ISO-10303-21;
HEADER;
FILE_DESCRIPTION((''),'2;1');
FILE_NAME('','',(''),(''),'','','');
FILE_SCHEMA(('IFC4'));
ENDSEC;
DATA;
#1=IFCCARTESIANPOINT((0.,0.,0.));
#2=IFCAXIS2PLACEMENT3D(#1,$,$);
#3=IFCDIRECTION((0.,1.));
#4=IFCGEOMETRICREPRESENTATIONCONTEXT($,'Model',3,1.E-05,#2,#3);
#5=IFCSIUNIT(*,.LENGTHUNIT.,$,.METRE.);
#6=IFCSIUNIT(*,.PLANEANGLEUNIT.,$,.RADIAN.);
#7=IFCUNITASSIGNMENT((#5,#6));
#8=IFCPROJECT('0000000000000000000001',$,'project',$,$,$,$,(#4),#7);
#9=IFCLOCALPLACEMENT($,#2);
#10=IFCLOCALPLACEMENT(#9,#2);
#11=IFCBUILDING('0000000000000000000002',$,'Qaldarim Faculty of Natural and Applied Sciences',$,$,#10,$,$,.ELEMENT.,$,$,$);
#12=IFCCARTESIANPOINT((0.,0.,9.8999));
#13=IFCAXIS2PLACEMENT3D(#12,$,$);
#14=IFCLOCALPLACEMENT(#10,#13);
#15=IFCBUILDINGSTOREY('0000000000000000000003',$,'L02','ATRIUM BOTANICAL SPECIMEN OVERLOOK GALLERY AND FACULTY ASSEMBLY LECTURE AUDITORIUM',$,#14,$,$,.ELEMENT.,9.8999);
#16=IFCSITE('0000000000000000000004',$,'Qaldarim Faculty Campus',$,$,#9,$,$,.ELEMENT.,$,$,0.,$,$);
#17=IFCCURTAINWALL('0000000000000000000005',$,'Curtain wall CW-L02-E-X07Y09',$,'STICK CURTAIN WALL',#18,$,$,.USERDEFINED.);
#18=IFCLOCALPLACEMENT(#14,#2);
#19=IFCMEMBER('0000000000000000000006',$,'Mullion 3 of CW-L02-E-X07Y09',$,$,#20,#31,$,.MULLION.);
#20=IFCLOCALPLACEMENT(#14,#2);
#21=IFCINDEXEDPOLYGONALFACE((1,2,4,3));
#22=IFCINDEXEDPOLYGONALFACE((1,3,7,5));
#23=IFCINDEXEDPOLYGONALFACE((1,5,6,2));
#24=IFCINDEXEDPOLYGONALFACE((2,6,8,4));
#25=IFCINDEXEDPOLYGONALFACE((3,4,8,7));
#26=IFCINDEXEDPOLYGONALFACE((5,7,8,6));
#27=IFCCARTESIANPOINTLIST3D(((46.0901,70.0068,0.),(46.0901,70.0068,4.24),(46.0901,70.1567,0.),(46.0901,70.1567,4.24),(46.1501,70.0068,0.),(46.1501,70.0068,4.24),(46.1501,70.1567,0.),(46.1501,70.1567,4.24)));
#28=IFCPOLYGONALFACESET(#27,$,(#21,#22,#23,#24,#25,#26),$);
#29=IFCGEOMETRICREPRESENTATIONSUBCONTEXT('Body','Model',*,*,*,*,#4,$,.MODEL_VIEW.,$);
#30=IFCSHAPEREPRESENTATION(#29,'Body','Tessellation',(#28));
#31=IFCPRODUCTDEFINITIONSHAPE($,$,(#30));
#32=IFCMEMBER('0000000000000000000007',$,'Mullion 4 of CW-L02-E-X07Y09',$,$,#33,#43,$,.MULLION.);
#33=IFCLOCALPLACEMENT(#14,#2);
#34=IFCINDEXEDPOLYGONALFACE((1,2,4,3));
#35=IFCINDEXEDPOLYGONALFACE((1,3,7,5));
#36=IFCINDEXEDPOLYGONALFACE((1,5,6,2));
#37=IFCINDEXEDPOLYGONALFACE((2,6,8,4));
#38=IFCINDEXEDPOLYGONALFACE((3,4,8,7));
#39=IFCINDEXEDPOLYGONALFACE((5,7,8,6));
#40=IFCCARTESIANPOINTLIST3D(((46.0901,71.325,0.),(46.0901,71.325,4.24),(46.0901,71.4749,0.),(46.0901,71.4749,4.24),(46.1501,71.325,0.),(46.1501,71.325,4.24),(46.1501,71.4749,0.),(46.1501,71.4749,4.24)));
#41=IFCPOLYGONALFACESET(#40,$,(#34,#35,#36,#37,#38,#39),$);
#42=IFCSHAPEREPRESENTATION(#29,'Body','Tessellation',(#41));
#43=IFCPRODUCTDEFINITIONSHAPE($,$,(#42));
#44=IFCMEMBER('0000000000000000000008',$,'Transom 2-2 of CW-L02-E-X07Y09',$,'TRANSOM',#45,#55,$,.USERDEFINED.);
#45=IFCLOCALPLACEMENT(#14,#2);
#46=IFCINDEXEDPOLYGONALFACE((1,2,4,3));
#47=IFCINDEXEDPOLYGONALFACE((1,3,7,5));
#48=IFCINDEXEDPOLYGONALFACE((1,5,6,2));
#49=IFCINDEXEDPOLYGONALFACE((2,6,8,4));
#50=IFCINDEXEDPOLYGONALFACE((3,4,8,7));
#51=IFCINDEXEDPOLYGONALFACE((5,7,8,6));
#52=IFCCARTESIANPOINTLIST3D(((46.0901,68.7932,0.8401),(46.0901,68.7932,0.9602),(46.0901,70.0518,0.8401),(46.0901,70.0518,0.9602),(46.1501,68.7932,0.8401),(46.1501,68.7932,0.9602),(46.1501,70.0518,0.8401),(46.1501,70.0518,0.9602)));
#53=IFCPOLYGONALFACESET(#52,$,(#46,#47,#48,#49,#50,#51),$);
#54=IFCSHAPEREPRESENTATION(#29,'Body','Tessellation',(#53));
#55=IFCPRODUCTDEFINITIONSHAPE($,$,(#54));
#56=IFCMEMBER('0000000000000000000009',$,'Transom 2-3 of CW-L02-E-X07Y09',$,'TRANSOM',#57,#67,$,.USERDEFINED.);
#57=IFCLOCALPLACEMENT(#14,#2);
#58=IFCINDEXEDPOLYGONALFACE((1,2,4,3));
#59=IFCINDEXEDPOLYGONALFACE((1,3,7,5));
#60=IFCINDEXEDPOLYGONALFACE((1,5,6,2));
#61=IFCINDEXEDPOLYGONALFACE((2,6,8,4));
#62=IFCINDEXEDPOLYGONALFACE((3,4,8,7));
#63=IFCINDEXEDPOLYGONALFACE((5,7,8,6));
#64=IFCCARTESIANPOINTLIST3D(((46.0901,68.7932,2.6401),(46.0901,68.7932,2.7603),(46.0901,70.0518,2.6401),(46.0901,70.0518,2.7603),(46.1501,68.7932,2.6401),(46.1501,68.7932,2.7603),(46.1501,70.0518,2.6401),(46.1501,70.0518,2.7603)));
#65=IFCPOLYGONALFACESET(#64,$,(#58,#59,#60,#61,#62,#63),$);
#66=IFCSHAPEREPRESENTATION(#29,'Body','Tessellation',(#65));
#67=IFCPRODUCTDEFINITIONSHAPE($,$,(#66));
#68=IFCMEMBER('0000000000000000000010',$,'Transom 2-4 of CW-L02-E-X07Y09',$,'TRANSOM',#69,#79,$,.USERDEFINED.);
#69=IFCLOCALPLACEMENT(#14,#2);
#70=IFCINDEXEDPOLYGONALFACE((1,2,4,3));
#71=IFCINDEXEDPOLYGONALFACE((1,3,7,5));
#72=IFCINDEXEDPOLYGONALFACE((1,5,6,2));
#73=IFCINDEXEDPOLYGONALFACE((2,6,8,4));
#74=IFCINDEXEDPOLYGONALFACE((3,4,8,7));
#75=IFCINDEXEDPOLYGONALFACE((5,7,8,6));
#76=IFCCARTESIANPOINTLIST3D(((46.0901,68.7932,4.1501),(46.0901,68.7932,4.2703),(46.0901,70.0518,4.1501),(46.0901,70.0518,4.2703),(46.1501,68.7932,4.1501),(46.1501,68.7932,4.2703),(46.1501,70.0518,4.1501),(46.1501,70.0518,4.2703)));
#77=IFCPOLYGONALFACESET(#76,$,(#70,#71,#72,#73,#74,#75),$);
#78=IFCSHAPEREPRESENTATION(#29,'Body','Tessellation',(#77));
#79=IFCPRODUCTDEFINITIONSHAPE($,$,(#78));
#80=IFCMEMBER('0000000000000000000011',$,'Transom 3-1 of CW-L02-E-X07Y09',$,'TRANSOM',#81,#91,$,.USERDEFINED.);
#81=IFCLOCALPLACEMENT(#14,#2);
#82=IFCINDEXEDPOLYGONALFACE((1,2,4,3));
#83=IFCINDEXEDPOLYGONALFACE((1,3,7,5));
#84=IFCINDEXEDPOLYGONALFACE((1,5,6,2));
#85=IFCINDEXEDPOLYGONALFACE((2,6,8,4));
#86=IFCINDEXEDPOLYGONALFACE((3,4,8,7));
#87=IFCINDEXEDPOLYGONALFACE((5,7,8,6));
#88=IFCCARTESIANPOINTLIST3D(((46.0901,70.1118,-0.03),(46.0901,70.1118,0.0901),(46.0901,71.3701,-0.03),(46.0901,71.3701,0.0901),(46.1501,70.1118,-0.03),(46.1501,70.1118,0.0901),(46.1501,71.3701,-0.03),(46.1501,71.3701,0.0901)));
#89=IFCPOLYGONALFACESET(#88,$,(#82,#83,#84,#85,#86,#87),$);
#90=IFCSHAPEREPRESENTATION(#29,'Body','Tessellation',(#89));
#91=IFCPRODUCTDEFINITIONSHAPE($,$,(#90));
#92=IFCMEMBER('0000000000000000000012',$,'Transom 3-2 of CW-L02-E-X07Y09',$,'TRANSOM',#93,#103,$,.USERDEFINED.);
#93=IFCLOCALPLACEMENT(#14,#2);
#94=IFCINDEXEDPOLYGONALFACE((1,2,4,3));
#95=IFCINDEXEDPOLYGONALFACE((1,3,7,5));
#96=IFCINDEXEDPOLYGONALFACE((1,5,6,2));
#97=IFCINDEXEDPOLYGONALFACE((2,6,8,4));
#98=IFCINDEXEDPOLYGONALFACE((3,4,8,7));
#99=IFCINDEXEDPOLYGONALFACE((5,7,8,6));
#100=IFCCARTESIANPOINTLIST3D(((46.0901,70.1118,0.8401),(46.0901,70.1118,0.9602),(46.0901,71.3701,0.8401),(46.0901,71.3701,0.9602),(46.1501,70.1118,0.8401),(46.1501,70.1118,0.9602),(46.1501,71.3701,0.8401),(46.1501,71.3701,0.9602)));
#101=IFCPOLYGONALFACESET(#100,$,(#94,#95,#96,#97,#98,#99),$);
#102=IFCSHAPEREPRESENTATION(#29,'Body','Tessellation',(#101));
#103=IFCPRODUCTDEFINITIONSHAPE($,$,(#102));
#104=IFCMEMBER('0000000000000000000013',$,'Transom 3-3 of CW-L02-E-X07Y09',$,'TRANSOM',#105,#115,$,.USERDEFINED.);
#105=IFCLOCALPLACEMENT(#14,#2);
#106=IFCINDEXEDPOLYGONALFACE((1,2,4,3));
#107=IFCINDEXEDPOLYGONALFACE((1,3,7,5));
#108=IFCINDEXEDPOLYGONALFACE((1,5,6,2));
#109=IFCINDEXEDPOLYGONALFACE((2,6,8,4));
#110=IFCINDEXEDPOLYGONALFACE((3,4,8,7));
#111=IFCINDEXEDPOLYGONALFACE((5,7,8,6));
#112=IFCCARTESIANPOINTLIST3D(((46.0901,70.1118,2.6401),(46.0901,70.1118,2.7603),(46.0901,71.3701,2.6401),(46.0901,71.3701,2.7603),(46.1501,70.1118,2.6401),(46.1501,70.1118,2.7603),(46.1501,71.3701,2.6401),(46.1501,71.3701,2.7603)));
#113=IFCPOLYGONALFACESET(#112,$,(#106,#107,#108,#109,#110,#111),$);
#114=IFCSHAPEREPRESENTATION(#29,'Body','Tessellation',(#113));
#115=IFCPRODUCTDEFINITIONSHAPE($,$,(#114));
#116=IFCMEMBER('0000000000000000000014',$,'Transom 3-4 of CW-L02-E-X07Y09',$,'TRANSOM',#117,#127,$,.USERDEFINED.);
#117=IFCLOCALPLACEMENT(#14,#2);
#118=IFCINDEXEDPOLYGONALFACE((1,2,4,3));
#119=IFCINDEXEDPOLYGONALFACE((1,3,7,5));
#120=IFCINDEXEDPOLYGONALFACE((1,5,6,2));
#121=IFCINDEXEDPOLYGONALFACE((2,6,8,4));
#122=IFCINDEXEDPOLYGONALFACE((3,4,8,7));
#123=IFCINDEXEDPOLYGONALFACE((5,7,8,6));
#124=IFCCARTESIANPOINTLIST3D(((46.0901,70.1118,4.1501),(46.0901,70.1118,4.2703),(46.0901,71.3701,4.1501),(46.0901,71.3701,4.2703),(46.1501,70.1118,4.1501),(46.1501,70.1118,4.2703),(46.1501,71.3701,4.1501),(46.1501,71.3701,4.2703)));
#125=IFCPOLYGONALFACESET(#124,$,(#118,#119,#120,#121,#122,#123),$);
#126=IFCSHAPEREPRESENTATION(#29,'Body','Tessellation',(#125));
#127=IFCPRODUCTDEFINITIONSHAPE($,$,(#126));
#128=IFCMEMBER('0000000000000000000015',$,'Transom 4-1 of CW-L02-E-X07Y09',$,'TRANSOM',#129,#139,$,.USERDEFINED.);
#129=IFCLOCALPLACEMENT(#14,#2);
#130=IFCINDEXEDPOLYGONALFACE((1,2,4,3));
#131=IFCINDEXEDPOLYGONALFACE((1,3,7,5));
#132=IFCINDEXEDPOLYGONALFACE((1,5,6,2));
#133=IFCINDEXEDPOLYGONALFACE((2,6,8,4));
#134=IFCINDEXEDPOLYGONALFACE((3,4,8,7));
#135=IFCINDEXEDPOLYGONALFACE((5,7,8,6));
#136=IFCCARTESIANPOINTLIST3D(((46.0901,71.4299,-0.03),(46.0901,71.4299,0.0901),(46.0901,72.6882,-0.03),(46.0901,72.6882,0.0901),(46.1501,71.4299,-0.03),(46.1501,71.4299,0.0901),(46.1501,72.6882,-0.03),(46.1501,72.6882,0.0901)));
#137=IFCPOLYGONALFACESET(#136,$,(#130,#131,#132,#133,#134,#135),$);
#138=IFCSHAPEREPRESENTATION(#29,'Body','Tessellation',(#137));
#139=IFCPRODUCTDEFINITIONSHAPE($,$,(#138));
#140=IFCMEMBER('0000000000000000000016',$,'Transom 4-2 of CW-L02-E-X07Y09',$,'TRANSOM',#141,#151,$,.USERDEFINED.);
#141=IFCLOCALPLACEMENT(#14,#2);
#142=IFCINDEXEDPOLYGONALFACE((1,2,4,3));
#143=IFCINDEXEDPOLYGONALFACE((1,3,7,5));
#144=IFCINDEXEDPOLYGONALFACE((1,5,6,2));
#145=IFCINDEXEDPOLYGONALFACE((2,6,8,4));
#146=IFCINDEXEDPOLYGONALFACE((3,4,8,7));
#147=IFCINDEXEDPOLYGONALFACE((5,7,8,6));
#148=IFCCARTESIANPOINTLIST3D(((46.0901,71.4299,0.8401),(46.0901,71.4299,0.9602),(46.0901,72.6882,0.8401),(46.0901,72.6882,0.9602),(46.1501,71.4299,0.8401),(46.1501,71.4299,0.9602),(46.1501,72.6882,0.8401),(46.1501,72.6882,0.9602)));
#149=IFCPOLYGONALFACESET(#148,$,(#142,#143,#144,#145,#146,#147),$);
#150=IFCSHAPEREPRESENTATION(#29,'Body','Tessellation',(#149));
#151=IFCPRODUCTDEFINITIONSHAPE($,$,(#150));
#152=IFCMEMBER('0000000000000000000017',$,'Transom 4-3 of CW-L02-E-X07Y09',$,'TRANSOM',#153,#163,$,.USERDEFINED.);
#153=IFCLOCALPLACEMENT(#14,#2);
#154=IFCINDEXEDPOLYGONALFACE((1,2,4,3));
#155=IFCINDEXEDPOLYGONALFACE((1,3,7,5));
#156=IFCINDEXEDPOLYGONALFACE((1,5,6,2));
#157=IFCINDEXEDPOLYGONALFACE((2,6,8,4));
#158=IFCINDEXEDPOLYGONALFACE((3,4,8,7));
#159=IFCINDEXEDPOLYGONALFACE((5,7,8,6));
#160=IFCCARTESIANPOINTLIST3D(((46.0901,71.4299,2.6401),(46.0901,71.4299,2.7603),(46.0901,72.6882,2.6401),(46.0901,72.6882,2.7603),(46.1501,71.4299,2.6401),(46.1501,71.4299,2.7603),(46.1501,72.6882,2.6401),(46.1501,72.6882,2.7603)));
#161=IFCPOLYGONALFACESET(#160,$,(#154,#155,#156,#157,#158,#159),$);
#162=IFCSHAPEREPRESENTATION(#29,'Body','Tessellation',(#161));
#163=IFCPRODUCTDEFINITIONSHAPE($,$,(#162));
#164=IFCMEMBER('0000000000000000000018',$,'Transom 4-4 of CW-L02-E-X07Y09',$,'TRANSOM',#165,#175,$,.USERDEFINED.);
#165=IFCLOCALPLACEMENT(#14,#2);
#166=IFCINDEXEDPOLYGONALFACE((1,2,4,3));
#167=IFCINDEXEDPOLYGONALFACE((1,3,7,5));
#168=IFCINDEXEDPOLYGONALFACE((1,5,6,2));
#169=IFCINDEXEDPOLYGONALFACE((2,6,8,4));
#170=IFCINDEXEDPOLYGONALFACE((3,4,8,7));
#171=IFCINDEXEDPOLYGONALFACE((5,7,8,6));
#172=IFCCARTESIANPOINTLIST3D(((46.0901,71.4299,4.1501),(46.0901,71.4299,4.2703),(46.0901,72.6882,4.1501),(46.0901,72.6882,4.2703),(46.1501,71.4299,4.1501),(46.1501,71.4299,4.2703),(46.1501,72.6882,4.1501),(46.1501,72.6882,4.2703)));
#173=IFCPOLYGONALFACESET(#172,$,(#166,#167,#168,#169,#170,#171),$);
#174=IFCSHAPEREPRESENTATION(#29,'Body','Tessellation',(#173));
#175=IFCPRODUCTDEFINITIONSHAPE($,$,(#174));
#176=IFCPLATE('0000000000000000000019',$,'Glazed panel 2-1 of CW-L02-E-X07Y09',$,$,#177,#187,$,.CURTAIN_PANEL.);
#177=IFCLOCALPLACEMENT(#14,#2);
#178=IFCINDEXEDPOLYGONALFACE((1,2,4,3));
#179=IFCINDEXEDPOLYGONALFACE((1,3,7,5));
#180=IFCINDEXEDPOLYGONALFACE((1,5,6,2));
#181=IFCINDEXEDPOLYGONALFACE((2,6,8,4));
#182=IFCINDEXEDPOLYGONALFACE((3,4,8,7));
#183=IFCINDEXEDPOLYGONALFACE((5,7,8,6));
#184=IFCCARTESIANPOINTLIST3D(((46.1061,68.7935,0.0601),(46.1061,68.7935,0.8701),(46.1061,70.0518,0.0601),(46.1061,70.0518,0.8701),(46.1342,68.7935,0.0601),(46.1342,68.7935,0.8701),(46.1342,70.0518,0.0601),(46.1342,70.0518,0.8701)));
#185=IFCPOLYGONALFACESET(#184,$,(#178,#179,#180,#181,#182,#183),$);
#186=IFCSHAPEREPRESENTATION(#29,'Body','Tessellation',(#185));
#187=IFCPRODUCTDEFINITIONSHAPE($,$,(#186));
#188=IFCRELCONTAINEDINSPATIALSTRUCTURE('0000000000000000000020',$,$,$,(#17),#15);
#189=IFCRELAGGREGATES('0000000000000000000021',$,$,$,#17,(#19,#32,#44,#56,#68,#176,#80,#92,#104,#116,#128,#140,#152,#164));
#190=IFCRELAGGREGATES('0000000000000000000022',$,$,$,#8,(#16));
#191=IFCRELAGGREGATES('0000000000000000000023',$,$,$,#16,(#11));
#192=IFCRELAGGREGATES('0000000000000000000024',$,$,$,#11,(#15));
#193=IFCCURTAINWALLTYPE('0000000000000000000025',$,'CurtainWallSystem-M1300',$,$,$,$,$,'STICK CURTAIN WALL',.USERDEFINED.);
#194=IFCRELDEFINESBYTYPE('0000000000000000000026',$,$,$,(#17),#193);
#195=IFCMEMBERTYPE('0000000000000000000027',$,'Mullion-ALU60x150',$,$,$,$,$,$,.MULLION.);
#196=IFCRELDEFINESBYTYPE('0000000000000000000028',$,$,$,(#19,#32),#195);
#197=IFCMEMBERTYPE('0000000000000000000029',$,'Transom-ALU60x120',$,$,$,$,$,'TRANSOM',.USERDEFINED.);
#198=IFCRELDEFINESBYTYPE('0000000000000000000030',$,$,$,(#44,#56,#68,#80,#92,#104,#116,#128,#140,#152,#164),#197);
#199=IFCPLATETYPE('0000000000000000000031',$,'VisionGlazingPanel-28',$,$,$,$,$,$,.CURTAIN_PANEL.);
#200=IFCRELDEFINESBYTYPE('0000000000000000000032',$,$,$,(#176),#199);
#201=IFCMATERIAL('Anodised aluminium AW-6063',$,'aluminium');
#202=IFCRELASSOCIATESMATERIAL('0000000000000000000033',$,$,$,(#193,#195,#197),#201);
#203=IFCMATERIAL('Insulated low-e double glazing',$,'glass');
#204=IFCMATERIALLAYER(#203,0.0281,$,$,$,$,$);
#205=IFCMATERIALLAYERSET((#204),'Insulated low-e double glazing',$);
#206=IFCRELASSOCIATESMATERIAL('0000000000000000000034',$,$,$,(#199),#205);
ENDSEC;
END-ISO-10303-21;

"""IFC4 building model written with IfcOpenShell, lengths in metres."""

from ifc_helpers import new_model, si_unit, direction, frame, origin, origin_2d, place, context, subcontext, project, spatial, rectangle, extrude, material, layer, layer_set, material_profile, profile_set, type_object, element, aggregate, save


model = new_model("IFC4")

# Units and contexts
model_context = context("Model", 3, precision=1e-05, world=origin(), true_north=direction((0.0, 1.0)))
body_context = subcontext(model_context, "Body", "Model", "MODEL_VIEW")
ifc_project = project(units=[si_unit("LENGTHUNIT", "METRE"), si_unit("PLANEANGLEUNIT", "RADIAN")], contexts=[model_context])

# Site, building, storey
site_placement = place(None, origin())
site = spatial("IfcSite", under=ifc_project, at=site_placement, Name="Qaldarim Faculty Campus", CompositionType="ELEMENT", RefElevation=0.0)
building_placement = place(site_placement, origin())
building = spatial("IfcBuilding", under=site, at=building_placement, Name="Qaldarim Faculty of Natural and Applied Sciences", CompositionType="ELEMENT")
storey_placement = place(building_placement, frame((0.0, 0.0, 9.8999)))
storey = spatial("IfcBuildingStorey", under=building, at=storey_placement, Name="L02", Description="ATRIUM BOTANICAL SPECIMEN OVERLOOK GALLERY AND FACULTY ASSEMBLY LECTURE AUDITORIUM", CompositionType="ELEMENT", Elevation=9.8999)

# Curtain wall, members, plate
ifc_material_1 = material(Name="Anodised aluminium AW-6063", Category="aluminium")
curtain_wall_type = type_object("IfcCurtainWallType", Name="CurtainWallSystem-M1300", ElementType="STICK CURTAIN WALL", PredefinedType="USERDEFINED", material=ifc_material_1)
curtain_wall_placement = place(storey_placement, origin())
curtain_wall = element("IfcCurtainWall", 1, at=curtain_wall_placement, inside=storey, type_object=curtain_wall_type, Name="Curtain wall CW-L02-E-X07Y09", ObjectType="STICK CURTAIN WALL", PredefinedType="USERDEFINED")
ifc_material_profile_1 = material_profile(ifc_material_1, rectangle(XDim=0.0601, YDim=0.1499, at=origin_2d()), Name="ALU-M60x150")
ifc_profile_set_1 = profile_set([ifc_material_profile_1], Name="Anodised aluminium AW-6063")
member_type_1 = type_object("IfcMemberType", Name="Mullion-ALU60x150", PredefinedType="MULLION", material=ifc_profile_set_1)
member_1_placement = place(storey_placement, frame((46.1201, 70.0818, 0.0), z_axis=(0.0, 0.0, 1.0), x_axis=(-1.0, 0.0, 0.0)))
member_1 = element("IfcMember", 2, at=member_1_placement, type_object=member_type_1, Name="Mullion 3 of CW-L02-E-X07Y09", PredefinedType="MULLION", context=body_context, shape_type="SweptSolid", body=[
    extrude(rectangle(XDim=0.0601, YDim=0.1499, at=origin_2d()), origin(), (0.0, 0.0, 1.0), 4.24),
])
member_2_placement = place(storey_placement, frame((46.1201, 71.3999, 0.0), z_axis=(0.0, 0.0, 1.0), x_axis=(-1.0, 0.0, 0.0)))
member_2 = element("IfcMember", 3, at=member_2_placement, type_object=member_type_1, Name="Mullion 4 of CW-L02-E-X07Y09", PredefinedType="MULLION", context=body_context, shape_type="SweptSolid", body=[
    extrude(rectangle(XDim=0.0601, YDim=0.1499, at=origin_2d()), origin(), (0.0, 0.0, 1.0), 4.24),
])
ifc_material_profile_2 = material_profile(ifc_material_1, rectangle(XDim=0.0601, YDim=0.1201, at=origin_2d()), Name="ALU-T60x120")
ifc_profile_set_2 = profile_set([ifc_material_profile_2], Name="Anodised aluminium AW-6063")
member_type_2 = type_object("IfcMemberType", Name="Transom-ALU60x120", ElementType="TRANSOM", PredefinedType="USERDEFINED", material=ifc_profile_set_2)
member_3_placement = place(storey_placement, frame((46.1201, 68.7932, 0.9001), z_axis=(0.0, 1.0, 0.0), x_axis=(-1.0, 0.0, 0.0)))
member_3 = element("IfcMember", 4, at=member_3_placement, type_object=member_type_2, Name="Transom 2-2 of CW-L02-E-X07Y09", ObjectType="TRANSOM", PredefinedType="USERDEFINED", context=body_context, shape_type="SweptSolid", body=[
    extrude(rectangle(XDim=0.0601, YDim=0.1201, at=origin_2d()), origin(), (0.0, 0.0, 1.0), 1.2585),
])
member_4_placement = place(storey_placement, frame((46.1201, 68.7932, 2.7002), z_axis=(0.0, 1.0, 0.0), x_axis=(-1.0, 0.0, 0.0)))
member_4 = element("IfcMember", 5, at=member_4_placement, type_object=member_type_2, Name="Transom 2-3 of CW-L02-E-X07Y09", ObjectType="TRANSOM", PredefinedType="USERDEFINED", context=body_context, shape_type="SweptSolid", body=[
    extrude(rectangle(XDim=0.0601, YDim=0.1201, at=origin_2d()), origin(), (0.0, 0.0, 1.0), 1.2585),
])
member_5_placement = place(storey_placement, frame((46.1201, 68.7932, 4.2102), z_axis=(0.0, 1.0, 0.0), x_axis=(-1.0, 0.0, 0.0)))
member_5 = element("IfcMember", 6, at=member_5_placement, type_object=member_type_2, Name="Transom 2-4 of CW-L02-E-X07Y09", ObjectType="TRANSOM", PredefinedType="USERDEFINED", context=body_context, shape_type="SweptSolid", body=[
    extrude(rectangle(XDim=0.0601, YDim=0.1201, at=origin_2d()), origin(), (0.0, 0.0, 1.0), 1.2585),
])
member_6_placement = place(storey_placement, frame((46.1201, 70.1118, 0.03), z_axis=(0.0, 1.0, 0.0), x_axis=(-1.0, 0.0, 0.0)))
member_6 = element("IfcMember", 7, at=member_6_placement, type_object=member_type_2, Name="Transom 3-1 of CW-L02-E-X07Y09", ObjectType="TRANSOM", PredefinedType="USERDEFINED", context=body_context, shape_type="SweptSolid", body=[
    extrude(rectangle(XDim=0.0601, YDim=0.1201, at=origin_2d()), origin(), (0.0, 0.0, 1.0), 1.2583),
])
member_7_placement = place(storey_placement, frame((46.1201, 70.1118, 0.9001), z_axis=(0.0, 1.0, 0.0), x_axis=(-1.0, 0.0, 0.0)))
member_7 = element("IfcMember", 8, at=member_7_placement, type_object=member_type_2, Name="Transom 3-2 of CW-L02-E-X07Y09", ObjectType="TRANSOM", PredefinedType="USERDEFINED", context=body_context, shape_type="SweptSolid", body=[
    extrude(rectangle(XDim=0.0601, YDim=0.1201, at=origin_2d()), origin(), (0.0, 0.0, 1.0), 1.2583),
])
member_8_placement = place(storey_placement, frame((46.1201, 70.1118, 2.7002), z_axis=(0.0, 1.0, 0.0), x_axis=(-1.0, 0.0, 0.0)))
member_8 = element("IfcMember", 9, at=member_8_placement, type_object=member_type_2, Name="Transom 3-3 of CW-L02-E-X07Y09", ObjectType="TRANSOM", PredefinedType="USERDEFINED", context=body_context, shape_type="SweptSolid", body=[
    extrude(rectangle(XDim=0.0601, YDim=0.1201, at=origin_2d()), origin(), (0.0, 0.0, 1.0), 1.2583),
])
member_9_placement = place(storey_placement, frame((46.1201, 70.1118, 4.2102), z_axis=(0.0, 1.0, 0.0), x_axis=(-1.0, 0.0, 0.0)))
member_9 = element("IfcMember", 10, at=member_9_placement, type_object=member_type_2, Name="Transom 3-4 of CW-L02-E-X07Y09", ObjectType="TRANSOM", PredefinedType="USERDEFINED", context=body_context, shape_type="SweptSolid", body=[
    extrude(rectangle(XDim=0.0601, YDim=0.1201, at=origin_2d()), origin(), (0.0, 0.0, 1.0), 1.2583),
])
member_10_placement = place(storey_placement, frame((46.1201, 71.4299, 0.03), z_axis=(0.0, 1.0, 0.0), x_axis=(-1.0, 0.0, 0.0)))
member_10 = element("IfcMember", 11, at=member_10_placement, type_object=member_type_2, Name="Transom 4-1 of CW-L02-E-X07Y09", ObjectType="TRANSOM", PredefinedType="USERDEFINED", context=body_context, shape_type="SweptSolid", body=[
    extrude(rectangle(XDim=0.0601, YDim=0.1201, at=origin_2d()), origin(), (0.0, 0.0, 1.0), 1.2583),
])
member_11_placement = place(storey_placement, frame((46.1201, 71.4299, 0.9001), z_axis=(0.0, 1.0, 0.0), x_axis=(-1.0, 0.0, 0.0)))
member_11 = element("IfcMember", 12, at=member_11_placement, type_object=member_type_2, Name="Transom 4-2 of CW-L02-E-X07Y09", ObjectType="TRANSOM", PredefinedType="USERDEFINED", context=body_context, shape_type="SweptSolid", body=[
    extrude(rectangle(XDim=0.0601, YDim=0.1201, at=origin_2d()), origin(), (0.0, 0.0, 1.0), 1.2583),
])
member_12_placement = place(storey_placement, frame((46.1201, 71.4299, 2.7002), z_axis=(0.0, 1.0, 0.0), x_axis=(-1.0, 0.0, 0.0)))
member_12 = element("IfcMember", 13, at=member_12_placement, type_object=member_type_2, Name="Transom 4-3 of CW-L02-E-X07Y09", ObjectType="TRANSOM", PredefinedType="USERDEFINED", context=body_context, shape_type="SweptSolid", body=[
    extrude(rectangle(XDim=0.0601, YDim=0.1201, at=origin_2d()), origin(), (0.0, 0.0, 1.0), 1.2583),
])
member_13_placement = place(storey_placement, frame((46.1201, 71.4299, 4.2102), z_axis=(0.0, 1.0, 0.0), x_axis=(-1.0, 0.0, 0.0)))
member_13 = element("IfcMember", 14, at=member_13_placement, type_object=member_type_2, Name="Transom 4-4 of CW-L02-E-X07Y09", ObjectType="TRANSOM", PredefinedType="USERDEFINED", context=body_context, shape_type="SweptSolid", body=[
    extrude(rectangle(XDim=0.0601, YDim=0.1201, at=origin_2d()), origin(), (0.0, 0.0, 1.0), 1.2583),
])
ifc_material_2 = material(Name="Insulated low-e double glazing", Category="glass")
ifc_layer_1 = layer(ifc_material_2, 0.0281)
ifc_layer_set_1 = layer_set([ifc_layer_1], Name="Insulated low-e double glazing")
plate_type = type_object("IfcPlateType", Name="VisionGlazingPanel-28", PredefinedType="CURTAIN_PANEL", material=ifc_layer_set_1)
plate_1_placement = place(storey_placement, frame((46.1201, 69.4226, 0.0601), z_axis=(0.0, 0.0, 1.0), x_axis=(0.0, 1.0, 0.0)))
plate_1 = element("IfcPlate", 15, at=plate_1_placement, type_object=plate_type, Name="Glazed panel 2-1 of CW-L02-E-X07Y09", PredefinedType="CURTAIN_PANEL", context=body_context, shape_type="SweptSolid", body=[
    extrude(rectangle(XDim=1.2583, YDim=0.0281, at=origin_2d()), origin(), (0.0, 0.0, 1.0), 0.8101),
])
aggregate(curtain_wall, [member_1, member_2, member_3, member_4, member_5, plate_1, member_6, member_7, member_8, member_9, member_10, member_11, member_12, member_13])

save(model, "model.ifc")
